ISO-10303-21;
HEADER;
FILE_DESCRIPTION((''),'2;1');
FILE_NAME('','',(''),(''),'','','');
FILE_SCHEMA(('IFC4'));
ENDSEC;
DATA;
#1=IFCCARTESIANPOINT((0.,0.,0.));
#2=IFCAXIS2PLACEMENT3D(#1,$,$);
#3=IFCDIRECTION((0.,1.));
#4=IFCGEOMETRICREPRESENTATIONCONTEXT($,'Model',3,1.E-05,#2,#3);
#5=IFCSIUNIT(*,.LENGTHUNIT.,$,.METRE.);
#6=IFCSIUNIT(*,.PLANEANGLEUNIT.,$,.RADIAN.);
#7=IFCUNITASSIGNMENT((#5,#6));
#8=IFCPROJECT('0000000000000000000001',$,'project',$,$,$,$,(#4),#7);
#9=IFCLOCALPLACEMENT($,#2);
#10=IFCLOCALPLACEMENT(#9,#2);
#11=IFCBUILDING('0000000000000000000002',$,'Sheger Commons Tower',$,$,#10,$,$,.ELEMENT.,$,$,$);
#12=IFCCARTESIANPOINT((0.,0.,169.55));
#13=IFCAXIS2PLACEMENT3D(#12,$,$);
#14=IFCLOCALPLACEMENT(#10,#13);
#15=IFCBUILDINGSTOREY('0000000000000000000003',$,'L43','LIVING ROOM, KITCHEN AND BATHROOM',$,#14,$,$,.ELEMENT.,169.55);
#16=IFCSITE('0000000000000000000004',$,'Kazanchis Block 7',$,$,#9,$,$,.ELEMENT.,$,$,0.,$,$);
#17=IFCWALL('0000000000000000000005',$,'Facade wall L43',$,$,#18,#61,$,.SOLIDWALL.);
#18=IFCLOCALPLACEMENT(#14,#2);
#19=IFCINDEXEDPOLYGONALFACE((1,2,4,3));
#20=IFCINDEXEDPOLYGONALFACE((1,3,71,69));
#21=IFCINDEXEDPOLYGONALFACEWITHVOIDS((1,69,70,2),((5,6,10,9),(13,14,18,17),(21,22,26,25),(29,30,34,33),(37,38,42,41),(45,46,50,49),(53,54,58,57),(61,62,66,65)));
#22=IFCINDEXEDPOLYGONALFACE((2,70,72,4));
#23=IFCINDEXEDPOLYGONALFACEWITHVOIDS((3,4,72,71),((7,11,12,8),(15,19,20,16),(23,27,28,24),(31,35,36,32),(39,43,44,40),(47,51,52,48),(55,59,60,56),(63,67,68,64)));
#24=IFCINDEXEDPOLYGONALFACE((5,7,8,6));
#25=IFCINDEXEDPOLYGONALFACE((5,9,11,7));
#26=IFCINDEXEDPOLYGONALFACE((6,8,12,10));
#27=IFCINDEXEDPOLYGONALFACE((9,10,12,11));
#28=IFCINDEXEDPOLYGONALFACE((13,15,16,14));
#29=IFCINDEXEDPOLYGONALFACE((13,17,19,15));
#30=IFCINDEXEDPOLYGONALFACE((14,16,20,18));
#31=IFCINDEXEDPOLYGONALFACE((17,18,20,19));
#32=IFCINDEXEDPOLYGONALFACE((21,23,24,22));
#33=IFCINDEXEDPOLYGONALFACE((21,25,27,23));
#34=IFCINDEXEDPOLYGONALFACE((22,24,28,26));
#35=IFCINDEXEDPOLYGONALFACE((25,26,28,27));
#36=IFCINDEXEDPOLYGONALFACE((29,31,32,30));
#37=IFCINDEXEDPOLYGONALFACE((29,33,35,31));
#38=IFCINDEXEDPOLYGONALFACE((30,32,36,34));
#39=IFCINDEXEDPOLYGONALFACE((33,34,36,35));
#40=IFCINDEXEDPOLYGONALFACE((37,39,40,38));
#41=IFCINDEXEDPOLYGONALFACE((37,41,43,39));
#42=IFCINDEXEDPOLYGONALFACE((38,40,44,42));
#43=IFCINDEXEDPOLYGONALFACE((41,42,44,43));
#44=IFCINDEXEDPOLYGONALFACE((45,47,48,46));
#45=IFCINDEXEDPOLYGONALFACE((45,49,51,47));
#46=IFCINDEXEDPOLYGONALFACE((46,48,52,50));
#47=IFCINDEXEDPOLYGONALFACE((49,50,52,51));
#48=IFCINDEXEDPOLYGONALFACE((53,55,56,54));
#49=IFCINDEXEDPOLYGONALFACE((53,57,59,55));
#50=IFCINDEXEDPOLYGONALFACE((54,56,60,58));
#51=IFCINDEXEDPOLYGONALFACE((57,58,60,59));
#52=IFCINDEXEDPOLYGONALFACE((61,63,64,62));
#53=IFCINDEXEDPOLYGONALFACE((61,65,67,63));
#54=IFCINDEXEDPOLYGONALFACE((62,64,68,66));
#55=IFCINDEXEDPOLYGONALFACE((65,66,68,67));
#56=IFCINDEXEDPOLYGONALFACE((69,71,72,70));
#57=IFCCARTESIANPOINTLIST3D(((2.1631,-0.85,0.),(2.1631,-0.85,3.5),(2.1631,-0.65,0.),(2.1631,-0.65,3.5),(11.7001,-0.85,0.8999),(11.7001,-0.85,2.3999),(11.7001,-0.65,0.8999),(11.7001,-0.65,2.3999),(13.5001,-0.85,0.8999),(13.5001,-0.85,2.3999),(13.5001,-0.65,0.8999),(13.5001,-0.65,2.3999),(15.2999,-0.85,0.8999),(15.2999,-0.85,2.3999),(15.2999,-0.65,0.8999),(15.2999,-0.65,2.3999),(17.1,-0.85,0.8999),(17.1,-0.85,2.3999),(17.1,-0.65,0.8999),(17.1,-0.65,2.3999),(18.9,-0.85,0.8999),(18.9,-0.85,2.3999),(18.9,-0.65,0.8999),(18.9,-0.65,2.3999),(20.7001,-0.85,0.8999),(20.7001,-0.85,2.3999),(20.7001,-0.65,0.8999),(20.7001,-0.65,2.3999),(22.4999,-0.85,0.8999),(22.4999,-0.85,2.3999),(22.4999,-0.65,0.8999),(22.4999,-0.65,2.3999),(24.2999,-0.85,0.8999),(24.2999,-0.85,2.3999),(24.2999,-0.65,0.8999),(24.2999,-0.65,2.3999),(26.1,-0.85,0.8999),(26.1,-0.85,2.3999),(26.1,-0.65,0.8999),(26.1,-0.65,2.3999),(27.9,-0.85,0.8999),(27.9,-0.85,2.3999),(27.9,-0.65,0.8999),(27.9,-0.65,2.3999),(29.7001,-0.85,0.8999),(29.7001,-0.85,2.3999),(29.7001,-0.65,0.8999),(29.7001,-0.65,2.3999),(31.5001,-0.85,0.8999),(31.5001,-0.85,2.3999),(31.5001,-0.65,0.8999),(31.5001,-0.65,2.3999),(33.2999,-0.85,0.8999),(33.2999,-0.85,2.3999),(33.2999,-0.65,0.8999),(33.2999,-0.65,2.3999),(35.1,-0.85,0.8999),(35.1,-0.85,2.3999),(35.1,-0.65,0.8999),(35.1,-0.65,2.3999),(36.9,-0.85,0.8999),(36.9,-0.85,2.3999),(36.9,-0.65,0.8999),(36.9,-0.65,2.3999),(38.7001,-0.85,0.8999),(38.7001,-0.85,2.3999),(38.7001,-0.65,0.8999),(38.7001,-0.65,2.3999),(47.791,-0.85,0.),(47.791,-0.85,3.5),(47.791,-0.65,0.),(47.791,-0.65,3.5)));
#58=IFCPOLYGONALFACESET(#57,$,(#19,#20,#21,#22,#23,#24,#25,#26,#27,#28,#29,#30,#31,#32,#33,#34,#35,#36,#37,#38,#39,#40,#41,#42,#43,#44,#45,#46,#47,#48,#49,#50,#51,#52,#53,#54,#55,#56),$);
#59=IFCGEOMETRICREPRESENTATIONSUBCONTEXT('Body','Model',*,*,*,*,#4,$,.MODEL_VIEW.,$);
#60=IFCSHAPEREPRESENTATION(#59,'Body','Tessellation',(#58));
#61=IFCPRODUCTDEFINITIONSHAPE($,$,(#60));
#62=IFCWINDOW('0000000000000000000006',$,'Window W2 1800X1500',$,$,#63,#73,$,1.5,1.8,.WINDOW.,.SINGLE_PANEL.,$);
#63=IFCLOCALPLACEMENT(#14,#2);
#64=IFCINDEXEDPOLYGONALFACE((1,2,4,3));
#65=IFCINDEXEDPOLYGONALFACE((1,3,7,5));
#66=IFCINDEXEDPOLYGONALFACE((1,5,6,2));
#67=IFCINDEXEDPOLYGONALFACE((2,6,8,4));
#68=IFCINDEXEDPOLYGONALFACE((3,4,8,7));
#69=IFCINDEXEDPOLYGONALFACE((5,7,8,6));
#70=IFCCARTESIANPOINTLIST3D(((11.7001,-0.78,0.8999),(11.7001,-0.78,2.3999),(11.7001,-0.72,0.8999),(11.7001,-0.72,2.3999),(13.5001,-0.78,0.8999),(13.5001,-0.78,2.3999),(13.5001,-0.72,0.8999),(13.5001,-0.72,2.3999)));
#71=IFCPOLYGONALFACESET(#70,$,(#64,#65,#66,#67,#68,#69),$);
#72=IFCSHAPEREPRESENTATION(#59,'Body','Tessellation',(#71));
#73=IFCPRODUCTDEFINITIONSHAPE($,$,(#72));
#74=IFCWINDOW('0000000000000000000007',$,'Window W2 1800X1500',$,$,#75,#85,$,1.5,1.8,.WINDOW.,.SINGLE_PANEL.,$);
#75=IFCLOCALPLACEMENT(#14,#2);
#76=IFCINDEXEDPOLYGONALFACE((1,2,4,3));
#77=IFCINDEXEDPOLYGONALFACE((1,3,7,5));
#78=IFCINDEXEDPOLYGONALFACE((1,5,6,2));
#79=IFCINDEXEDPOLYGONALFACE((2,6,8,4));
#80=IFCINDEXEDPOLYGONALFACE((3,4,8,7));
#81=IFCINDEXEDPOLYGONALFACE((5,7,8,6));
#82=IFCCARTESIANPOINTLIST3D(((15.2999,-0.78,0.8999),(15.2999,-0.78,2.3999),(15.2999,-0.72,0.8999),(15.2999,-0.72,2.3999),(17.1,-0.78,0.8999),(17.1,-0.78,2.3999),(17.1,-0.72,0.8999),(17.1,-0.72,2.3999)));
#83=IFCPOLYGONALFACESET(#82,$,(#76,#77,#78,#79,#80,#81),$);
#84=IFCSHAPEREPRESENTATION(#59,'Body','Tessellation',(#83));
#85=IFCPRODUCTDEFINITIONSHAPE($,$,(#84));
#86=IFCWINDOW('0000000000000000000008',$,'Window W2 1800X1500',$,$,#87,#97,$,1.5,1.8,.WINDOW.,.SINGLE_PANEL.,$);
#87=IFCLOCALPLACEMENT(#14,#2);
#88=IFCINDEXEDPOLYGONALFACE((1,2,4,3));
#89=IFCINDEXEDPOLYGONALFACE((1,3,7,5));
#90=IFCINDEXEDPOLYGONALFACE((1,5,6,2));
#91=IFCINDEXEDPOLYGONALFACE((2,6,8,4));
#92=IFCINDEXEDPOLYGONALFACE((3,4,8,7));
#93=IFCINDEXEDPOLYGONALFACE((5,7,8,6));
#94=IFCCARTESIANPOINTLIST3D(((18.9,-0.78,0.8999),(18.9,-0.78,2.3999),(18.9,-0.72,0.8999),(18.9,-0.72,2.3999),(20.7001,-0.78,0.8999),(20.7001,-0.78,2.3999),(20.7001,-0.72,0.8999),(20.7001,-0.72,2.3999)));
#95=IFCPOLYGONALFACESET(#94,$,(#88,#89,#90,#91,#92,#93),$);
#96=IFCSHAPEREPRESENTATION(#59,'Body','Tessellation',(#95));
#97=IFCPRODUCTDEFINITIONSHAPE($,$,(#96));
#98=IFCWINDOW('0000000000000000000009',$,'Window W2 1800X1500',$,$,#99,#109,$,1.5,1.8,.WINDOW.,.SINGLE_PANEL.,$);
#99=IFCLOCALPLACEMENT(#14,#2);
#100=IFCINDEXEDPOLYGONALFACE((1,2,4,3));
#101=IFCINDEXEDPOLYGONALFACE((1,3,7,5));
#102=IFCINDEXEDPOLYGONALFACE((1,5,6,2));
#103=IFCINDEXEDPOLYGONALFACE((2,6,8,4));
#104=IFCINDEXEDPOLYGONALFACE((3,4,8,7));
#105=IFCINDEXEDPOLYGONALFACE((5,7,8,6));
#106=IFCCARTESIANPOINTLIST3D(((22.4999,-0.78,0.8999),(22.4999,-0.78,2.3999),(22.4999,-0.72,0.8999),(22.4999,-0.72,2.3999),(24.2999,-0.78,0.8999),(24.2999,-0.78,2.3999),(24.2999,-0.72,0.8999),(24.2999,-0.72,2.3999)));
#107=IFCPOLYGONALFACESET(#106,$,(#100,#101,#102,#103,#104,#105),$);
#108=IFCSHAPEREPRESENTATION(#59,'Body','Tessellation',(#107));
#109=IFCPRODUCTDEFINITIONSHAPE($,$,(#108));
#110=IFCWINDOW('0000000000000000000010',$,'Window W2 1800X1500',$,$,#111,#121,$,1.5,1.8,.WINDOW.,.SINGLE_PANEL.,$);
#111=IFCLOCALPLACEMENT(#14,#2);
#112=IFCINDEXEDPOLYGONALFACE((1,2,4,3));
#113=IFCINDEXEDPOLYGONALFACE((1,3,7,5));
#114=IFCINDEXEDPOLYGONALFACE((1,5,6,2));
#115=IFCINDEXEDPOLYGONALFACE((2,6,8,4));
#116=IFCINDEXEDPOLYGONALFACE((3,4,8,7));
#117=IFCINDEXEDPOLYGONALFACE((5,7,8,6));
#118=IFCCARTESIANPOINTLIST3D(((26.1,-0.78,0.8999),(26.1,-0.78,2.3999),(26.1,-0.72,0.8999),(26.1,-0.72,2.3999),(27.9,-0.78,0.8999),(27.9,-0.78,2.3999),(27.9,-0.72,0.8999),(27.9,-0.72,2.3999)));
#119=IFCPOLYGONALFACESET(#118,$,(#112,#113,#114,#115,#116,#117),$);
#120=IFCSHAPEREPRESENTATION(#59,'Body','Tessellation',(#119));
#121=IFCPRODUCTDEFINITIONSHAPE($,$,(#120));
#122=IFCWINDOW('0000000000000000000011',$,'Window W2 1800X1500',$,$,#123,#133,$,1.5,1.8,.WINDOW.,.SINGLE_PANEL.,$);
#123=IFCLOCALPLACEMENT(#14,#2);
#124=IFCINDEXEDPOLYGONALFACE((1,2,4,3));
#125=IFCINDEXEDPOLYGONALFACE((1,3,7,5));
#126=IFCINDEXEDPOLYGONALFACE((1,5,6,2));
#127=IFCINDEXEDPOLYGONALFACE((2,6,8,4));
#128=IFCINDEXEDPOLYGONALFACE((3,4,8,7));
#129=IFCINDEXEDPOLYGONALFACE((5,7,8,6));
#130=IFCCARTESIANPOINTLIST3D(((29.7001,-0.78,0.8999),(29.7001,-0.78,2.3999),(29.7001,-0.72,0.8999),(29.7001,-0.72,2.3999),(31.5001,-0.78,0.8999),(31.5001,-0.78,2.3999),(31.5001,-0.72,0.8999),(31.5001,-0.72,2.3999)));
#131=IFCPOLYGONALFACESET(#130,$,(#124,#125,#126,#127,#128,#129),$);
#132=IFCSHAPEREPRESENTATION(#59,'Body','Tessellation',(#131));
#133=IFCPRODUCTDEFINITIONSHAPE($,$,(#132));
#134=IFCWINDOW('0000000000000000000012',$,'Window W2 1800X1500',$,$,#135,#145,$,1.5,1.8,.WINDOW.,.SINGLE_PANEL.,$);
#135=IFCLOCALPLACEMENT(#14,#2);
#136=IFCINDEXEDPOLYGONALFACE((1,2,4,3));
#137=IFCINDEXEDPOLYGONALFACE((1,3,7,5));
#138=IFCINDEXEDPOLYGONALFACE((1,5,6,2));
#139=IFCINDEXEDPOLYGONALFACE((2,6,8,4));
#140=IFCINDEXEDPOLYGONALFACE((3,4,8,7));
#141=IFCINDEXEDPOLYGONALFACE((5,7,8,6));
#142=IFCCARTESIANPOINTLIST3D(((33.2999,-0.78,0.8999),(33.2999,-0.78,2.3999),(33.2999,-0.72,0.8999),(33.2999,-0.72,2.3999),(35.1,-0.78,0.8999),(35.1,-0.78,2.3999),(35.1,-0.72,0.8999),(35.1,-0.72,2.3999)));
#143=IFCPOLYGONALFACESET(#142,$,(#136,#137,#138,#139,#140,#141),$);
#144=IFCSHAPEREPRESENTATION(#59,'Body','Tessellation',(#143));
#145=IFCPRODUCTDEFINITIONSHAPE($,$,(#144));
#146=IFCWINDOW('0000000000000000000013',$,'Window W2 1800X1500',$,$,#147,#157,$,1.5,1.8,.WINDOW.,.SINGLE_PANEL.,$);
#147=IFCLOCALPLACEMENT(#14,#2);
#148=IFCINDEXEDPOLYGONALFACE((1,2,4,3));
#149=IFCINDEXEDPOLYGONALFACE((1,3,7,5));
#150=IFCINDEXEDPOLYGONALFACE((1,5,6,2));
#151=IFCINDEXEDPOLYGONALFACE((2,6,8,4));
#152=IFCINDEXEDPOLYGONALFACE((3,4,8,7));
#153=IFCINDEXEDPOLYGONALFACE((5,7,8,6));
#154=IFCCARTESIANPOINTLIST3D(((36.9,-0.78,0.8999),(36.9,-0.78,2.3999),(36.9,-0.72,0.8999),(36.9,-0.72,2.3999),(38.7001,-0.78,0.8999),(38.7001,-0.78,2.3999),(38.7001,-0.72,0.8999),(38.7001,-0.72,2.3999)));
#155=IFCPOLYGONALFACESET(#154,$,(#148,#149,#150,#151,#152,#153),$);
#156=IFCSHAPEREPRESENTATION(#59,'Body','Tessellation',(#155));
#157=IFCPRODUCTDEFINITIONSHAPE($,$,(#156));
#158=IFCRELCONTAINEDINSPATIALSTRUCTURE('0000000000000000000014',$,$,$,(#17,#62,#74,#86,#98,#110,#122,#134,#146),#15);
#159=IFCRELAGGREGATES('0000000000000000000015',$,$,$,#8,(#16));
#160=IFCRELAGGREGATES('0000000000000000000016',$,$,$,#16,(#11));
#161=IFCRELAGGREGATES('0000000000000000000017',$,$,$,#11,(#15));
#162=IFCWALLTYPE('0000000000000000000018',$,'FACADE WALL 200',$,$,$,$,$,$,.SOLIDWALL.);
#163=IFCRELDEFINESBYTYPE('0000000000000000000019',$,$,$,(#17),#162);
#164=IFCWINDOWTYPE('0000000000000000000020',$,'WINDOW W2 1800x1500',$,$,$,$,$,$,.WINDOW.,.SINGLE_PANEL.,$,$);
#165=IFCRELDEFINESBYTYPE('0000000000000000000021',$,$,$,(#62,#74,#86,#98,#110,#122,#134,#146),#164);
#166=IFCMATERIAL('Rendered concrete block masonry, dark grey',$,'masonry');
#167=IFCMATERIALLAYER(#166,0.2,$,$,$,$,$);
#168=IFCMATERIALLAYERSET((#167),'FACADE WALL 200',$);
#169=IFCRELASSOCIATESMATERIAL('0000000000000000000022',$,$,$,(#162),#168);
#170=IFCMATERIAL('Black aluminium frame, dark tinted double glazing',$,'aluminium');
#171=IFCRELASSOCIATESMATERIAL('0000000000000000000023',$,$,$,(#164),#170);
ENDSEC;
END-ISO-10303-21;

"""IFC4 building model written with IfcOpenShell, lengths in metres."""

from ifc_helpers import new_model, si_unit, direction, frame, frame_2d, origin, place, context, subcontext, project, spatial, rectangle, extrude, material, layer, layer_set, type_object, element, fill, save


model = new_model("IFC4")

# Units and contexts
model_context = context("Model", 3, precision=1e-05, world=origin(), true_north=direction((0.0, 1.0)))
body_context = subcontext(model_context, "Body", "Model", "MODEL_VIEW")
ifc_project = project(units=[si_unit("LENGTHUNIT", "METRE"), si_unit("PLANEANGLEUNIT", "RADIAN")], contexts=[model_context])

# Site, building, storey
site_placement = place(None, origin())
site = spatial("IfcSite", under=ifc_project, at=site_placement, Name="Kazanchis Block 7", CompositionType="ELEMENT", RefElevation=0.0)
building_placement = place(site_placement, origin())
building = spatial("IfcBuilding", under=site, at=building_placement, Name="Sheger Commons Tower", CompositionType="ELEMENT")
storey_placement = place(building_placement, frame((0.0, 0.0, 169.55)))
storey = spatial("IfcBuildingStorey", under=building, at=storey_placement, Name="L43", Description="LIVING ROOM, KITCHEN AND BATHROOM", CompositionType="ELEMENT", Elevation=169.55)

# Wall, openings, windows
ifc_material_1 = material(Name="Rendered concrete block masonry, dark grey", Category="masonry")
ifc_layer_1 = layer(ifc_material_1, 0.2)
ifc_layer_set_1 = layer_set([ifc_layer_1], Name="FACADE WALL 200")
wall_type_1 = type_object("IfcWallType", Name="FACADE WALL 200", PredefinedType="SOLIDWALL", material=ifc_layer_set_1)
wall_1_placement = place(storey_placement, frame((2.1631, -0.75, 0.0), z_axis=(0.0, 0.0, 1.0), x_axis=(1.0, 0.0, 0.0)))
wall_1 = element("IfcWall", 1, at=wall_1_placement, inside=storey, type_object=wall_type_1, Name="Facade wall L43", PredefinedType="SOLIDWALL", context=body_context, shape_type="SweptSolid", body=[
    extrude(rectangle(XDim=45.6279, YDim=0.2, at=frame_2d((22.814, 0.0))), origin(), (0.0, 0.0, 1.0), 3.5),
])
opening_1_placement = place(wall_1_placement, frame((9.5371, 0.0, 0.8999)))
opening_1 = element("IfcOpeningElement", 2, at=opening_1_placement, cuts=wall_1, PredefinedType="OPENING", context=body_context, shape_type="SweptSolid", body=[
    extrude(rectangle(XDim=1.8, YDim=1.5, at=frame_2d((0.8999, 0.75))), frame((0.0, 0.1099, 0.0), z_axis=(0.0, -1.0, 0.0), x_axis=(1.0, 0.0, 0.0)), (0.0, 0.0, 1.0), 0.22),
])
opening_2_placement = place(wall_1_placement, frame((13.137, 0.0, 0.8999)))
opening_2 = element("IfcOpeningElement", 3, at=opening_2_placement, cuts=wall_1, PredefinedType="OPENING", context=body_context, shape_type="SweptSolid", body=[
    extrude(rectangle(XDim=1.8, YDim=1.5, at=frame_2d((0.8999, 0.75))), frame((0.0, 0.1099, 0.0), z_axis=(0.0, -1.0, 0.0), x_axis=(1.0, 0.0, 0.0)), (0.0, 0.0, 1.0), 0.22),
])
opening_3_placement = place(wall_1_placement, frame((16.7371, 0.0, 0.8999)))
opening_3 = element("IfcOpeningElement", 4, at=opening_3_placement, cuts=wall_1, PredefinedType="OPENING", context=body_context, shape_type="SweptSolid", body=[
    extrude(rectangle(XDim=1.8, YDim=1.5, at=frame_2d((0.8999, 0.75))), frame((0.0, 0.1099, 0.0), z_axis=(0.0, -1.0, 0.0), x_axis=(1.0, 0.0, 0.0)), (0.0, 0.0, 1.0), 0.22),
])
opening_4_placement = place(wall_1_placement, frame((20.3369, 0.0, 0.8999)))
opening_4 = element("IfcOpeningElement", 5, at=opening_4_placement, cuts=wall_1, PredefinedType="OPENING", context=body_context, shape_type="SweptSolid", body=[
    extrude(rectangle(XDim=1.8, YDim=1.5, at=frame_2d((0.8999, 0.75))), frame((0.0, 0.1099, 0.0), z_axis=(0.0, -1.0, 0.0), x_axis=(1.0, 0.0, 0.0)), (0.0, 0.0, 1.0), 0.22),
])
opening_5_placement = place(wall_1_placement, frame((23.937, 0.0, 0.8999)))
opening_5 = element("IfcOpeningElement", 6, at=opening_5_placement, cuts=wall_1, PredefinedType="OPENING", context=body_context, shape_type="SweptSolid", body=[
    extrude(rectangle(XDim=1.8, YDim=1.5, at=frame_2d((0.8999, 0.75))), frame((0.0, 0.1099, 0.0), z_axis=(0.0, -1.0, 0.0), x_axis=(1.0, 0.0, 0.0)), (0.0, 0.0, 1.0), 0.22),
])
opening_6_placement = place(wall_1_placement, frame((27.5371, 0.0, 0.8999)))
opening_6 = element("IfcOpeningElement", 7, at=opening_6_placement, cuts=wall_1, PredefinedType="OPENING", context=body_context, shape_type="SweptSolid", body=[
    extrude(rectangle(XDim=1.8, YDim=1.5, at=frame_2d((0.8999, 0.75))), frame((0.0, 0.1099, 0.0), z_axis=(0.0, -1.0, 0.0), x_axis=(1.0, 0.0, 0.0)), (0.0, 0.0, 1.0), 0.22),
])
opening_7_placement = place(wall_1_placement, frame((31.137, 0.0, 0.8999)))
opening_7 = element("IfcOpeningElement", 8, at=opening_7_placement, cuts=wall_1, PredefinedType="OPENING", context=body_context, shape_type="SweptSolid", body=[
    extrude(rectangle(XDim=1.8, YDim=1.5, at=frame_2d((0.8999, 0.75))), frame((0.0, 0.1099, 0.0), z_axis=(0.0, -1.0, 0.0), x_axis=(1.0, 0.0, 0.0)), (0.0, 0.0, 1.0), 0.22),
])
opening_8_placement = place(wall_1_placement, frame((34.7371, 0.0, 0.8999)))
opening_8 = element("IfcOpeningElement", 9, at=opening_8_placement, cuts=wall_1, PredefinedType="OPENING", context=body_context, shape_type="SweptSolid", body=[
    extrude(rectangle(XDim=1.8, YDim=1.5, at=frame_2d((0.8999, 0.75))), frame((0.0, 0.1099, 0.0), z_axis=(0.0, -1.0, 0.0), x_axis=(1.0, 0.0, 0.0)), (0.0, 0.0, 1.0), 0.22),
])
ifc_material_2 = material(Name="Black aluminium frame, dark tinted double glazing", Category="aluminium")
window_type = type_object("IfcWindowType", Name="WINDOW W2 1800x1500", PartitioningType="SINGLE_PANEL", PredefinedType="WINDOW", material=ifc_material_2)
window_1_placement = place(opening_1_placement, origin())
window_1 = element("IfcWindow", 10, at=window_1_placement, inside=storey, type_object=window_type, Name="Window W2 1800X1500", OverallHeight=1.5, OverallWidth=1.8, PartitioningType="SINGLE_PANEL", PredefinedType="WINDOW", context=body_context, shape_type="SweptSolid", body=[
    extrude(rectangle(XDim=1.8, YDim=1.5, at=frame_2d((0.8999, 0.75))), frame((0.0, 0.03, 0.0), z_axis=(0.0, -1.0, 0.0), x_axis=(1.0, 0.0, 0.0)), (0.0, 0.0, 1.0), 0.0601),
])
fill(opening_1, window_1)
window_2_placement = place(opening_2_placement, origin())
window_2 = element("IfcWindow", 11, at=window_2_placement, inside=storey, type_object=window_type, Name="Window W2 1800X1500", OverallHeight=1.5, OverallWidth=1.8, PartitioningType="SINGLE_PANEL", PredefinedType="WINDOW", context=body_context, shape_type="SweptSolid", body=[
    extrude(rectangle(XDim=1.8, YDim=1.5, at=frame_2d((0.8999, 0.75))), frame((0.0, 0.03, 0.0), z_axis=(0.0, -1.0, 0.0), x_axis=(1.0, 0.0, 0.0)), (0.0, 0.0, 1.0), 0.0601),
])
fill(opening_2, window_2)
window_3_placement = place(opening_3_placement, origin())
window_3 = element("IfcWindow", 12, at=window_3_placement, inside=storey, type_object=window_type, Name="Window W2 1800X1500", OverallHeight=1.5, OverallWidth=1.8, PartitioningType="SINGLE_PANEL", PredefinedType="WINDOW", context=body_context, shape_type="SweptSolid", body=[
    extrude(rectangle(XDim=1.8, YDim=1.5, at=frame_2d((0.8999, 0.75))), frame((0.0, 0.03, 0.0), z_axis=(0.0, -1.0, 0.0), x_axis=(1.0, 0.0, 0.0)), (0.0, 0.0, 1.0), 0.0601),
])
fill(opening_3, window_3)
window_4_placement = place(opening_4_placement, origin())
window_4 = element("IfcWindow", 13, at=window_4_placement, inside=storey, type_object=window_type, Name="Window W2 1800X1500", OverallHeight=1.5, OverallWidth=1.8, PartitioningType="SINGLE_PANEL", PredefinedType="WINDOW", context=body_context, shape_type="SweptSolid", body=[
    extrude(rectangle(XDim=1.8, YDim=1.5, at=frame_2d((0.8999, 0.75))), frame((0.0, 0.03, 0.0), z_axis=(0.0, -1.0, 0.0), x_axis=(1.0, 0.0, 0.0)), (0.0, 0.0, 1.0), 0.0601),
])
fill(opening_4, window_4)
window_5_placement = place(opening_5_placement, origin())
window_5 = element("IfcWindow", 14, at=window_5_placement, inside=storey, type_object=window_type, Name="Window W2 1800X1500", OverallHeight=1.5, OverallWidth=1.8, PartitioningType="SINGLE_PANEL", PredefinedType="WINDOW", context=body_context, shape_type="SweptSolid", body=[
    extrude(rectangle(XDim=1.8, YDim=1.5, at=frame_2d((0.8999, 0.75))), frame((0.0, 0.03, 0.0), z_axis=(0.0, -1.0, 0.0), x_axis=(1.0, 0.0, 0.0)), (0.0, 0.0, 1.0), 0.0601),
])
fill(opening_5, window_5)
window_6_placement = place(opening_6_placement, origin())
window_6 = element("IfcWindow", 15, at=window_6_placement, inside=storey, type_object=window_type, Name="Window W2 1800X1500", OverallHeight=1.5, OverallWidth=1.8, PartitioningType="SINGLE_PANEL", PredefinedType="WINDOW", context=body_context, shape_type="SweptSolid", body=[
    extrude(rectangle(XDim=1.8, YDim=1.5, at=frame_2d((0.8999, 0.75))), frame((0.0, 0.03, 0.0), z_axis=(0.0, -1.0, 0.0), x_axis=(1.0, 0.0, 0.0)), (0.0, 0.0, 1.0), 0.0601),
])
fill(opening_6, window_6)
window_7_placement = place(opening_7_placement, origin())
window_7 = element("IfcWindow", 16, at=window_7_placement, inside=storey, type_object=window_type, Name="Window W2 1800X1500", OverallHeight=1.5, OverallWidth=1.8, PartitioningType="SINGLE_PANEL", PredefinedType="WINDOW", context=body_context, shape_type="SweptSolid", body=[
    extrude(rectangle(XDim=1.8, YDim=1.5, at=frame_2d((0.8999, 0.75))), frame((0.0, 0.03, 0.0), z_axis=(0.0, -1.0, 0.0), x_axis=(1.0, 0.0, 0.0)), (0.0, 0.0, 1.0), 0.0601),
])
fill(opening_7, window_7)
window_8_placement = place(opening_8_placement, origin())
window_8 = element("IfcWindow", 17, at=window_8_placement, inside=storey, type_object=window_type, Name="Window W2 1800X1500", OverallHeight=1.5, OverallWidth=1.8, PartitioningType="SINGLE_PANEL", PredefinedType="WINDOW", context=body_context, shape_type="SweptSolid", body=[
    extrude(rectangle(XDim=1.8, YDim=1.5, at=frame_2d((0.8999, 0.75))), frame((0.0, 0.03, 0.0), z_axis=(0.0, -1.0, 0.0), x_axis=(1.0, 0.0, 0.0)), (0.0, 0.0, 1.0), 0.0601),
])
fill(opening_8, window_8)

save(model, "model.ifc")
